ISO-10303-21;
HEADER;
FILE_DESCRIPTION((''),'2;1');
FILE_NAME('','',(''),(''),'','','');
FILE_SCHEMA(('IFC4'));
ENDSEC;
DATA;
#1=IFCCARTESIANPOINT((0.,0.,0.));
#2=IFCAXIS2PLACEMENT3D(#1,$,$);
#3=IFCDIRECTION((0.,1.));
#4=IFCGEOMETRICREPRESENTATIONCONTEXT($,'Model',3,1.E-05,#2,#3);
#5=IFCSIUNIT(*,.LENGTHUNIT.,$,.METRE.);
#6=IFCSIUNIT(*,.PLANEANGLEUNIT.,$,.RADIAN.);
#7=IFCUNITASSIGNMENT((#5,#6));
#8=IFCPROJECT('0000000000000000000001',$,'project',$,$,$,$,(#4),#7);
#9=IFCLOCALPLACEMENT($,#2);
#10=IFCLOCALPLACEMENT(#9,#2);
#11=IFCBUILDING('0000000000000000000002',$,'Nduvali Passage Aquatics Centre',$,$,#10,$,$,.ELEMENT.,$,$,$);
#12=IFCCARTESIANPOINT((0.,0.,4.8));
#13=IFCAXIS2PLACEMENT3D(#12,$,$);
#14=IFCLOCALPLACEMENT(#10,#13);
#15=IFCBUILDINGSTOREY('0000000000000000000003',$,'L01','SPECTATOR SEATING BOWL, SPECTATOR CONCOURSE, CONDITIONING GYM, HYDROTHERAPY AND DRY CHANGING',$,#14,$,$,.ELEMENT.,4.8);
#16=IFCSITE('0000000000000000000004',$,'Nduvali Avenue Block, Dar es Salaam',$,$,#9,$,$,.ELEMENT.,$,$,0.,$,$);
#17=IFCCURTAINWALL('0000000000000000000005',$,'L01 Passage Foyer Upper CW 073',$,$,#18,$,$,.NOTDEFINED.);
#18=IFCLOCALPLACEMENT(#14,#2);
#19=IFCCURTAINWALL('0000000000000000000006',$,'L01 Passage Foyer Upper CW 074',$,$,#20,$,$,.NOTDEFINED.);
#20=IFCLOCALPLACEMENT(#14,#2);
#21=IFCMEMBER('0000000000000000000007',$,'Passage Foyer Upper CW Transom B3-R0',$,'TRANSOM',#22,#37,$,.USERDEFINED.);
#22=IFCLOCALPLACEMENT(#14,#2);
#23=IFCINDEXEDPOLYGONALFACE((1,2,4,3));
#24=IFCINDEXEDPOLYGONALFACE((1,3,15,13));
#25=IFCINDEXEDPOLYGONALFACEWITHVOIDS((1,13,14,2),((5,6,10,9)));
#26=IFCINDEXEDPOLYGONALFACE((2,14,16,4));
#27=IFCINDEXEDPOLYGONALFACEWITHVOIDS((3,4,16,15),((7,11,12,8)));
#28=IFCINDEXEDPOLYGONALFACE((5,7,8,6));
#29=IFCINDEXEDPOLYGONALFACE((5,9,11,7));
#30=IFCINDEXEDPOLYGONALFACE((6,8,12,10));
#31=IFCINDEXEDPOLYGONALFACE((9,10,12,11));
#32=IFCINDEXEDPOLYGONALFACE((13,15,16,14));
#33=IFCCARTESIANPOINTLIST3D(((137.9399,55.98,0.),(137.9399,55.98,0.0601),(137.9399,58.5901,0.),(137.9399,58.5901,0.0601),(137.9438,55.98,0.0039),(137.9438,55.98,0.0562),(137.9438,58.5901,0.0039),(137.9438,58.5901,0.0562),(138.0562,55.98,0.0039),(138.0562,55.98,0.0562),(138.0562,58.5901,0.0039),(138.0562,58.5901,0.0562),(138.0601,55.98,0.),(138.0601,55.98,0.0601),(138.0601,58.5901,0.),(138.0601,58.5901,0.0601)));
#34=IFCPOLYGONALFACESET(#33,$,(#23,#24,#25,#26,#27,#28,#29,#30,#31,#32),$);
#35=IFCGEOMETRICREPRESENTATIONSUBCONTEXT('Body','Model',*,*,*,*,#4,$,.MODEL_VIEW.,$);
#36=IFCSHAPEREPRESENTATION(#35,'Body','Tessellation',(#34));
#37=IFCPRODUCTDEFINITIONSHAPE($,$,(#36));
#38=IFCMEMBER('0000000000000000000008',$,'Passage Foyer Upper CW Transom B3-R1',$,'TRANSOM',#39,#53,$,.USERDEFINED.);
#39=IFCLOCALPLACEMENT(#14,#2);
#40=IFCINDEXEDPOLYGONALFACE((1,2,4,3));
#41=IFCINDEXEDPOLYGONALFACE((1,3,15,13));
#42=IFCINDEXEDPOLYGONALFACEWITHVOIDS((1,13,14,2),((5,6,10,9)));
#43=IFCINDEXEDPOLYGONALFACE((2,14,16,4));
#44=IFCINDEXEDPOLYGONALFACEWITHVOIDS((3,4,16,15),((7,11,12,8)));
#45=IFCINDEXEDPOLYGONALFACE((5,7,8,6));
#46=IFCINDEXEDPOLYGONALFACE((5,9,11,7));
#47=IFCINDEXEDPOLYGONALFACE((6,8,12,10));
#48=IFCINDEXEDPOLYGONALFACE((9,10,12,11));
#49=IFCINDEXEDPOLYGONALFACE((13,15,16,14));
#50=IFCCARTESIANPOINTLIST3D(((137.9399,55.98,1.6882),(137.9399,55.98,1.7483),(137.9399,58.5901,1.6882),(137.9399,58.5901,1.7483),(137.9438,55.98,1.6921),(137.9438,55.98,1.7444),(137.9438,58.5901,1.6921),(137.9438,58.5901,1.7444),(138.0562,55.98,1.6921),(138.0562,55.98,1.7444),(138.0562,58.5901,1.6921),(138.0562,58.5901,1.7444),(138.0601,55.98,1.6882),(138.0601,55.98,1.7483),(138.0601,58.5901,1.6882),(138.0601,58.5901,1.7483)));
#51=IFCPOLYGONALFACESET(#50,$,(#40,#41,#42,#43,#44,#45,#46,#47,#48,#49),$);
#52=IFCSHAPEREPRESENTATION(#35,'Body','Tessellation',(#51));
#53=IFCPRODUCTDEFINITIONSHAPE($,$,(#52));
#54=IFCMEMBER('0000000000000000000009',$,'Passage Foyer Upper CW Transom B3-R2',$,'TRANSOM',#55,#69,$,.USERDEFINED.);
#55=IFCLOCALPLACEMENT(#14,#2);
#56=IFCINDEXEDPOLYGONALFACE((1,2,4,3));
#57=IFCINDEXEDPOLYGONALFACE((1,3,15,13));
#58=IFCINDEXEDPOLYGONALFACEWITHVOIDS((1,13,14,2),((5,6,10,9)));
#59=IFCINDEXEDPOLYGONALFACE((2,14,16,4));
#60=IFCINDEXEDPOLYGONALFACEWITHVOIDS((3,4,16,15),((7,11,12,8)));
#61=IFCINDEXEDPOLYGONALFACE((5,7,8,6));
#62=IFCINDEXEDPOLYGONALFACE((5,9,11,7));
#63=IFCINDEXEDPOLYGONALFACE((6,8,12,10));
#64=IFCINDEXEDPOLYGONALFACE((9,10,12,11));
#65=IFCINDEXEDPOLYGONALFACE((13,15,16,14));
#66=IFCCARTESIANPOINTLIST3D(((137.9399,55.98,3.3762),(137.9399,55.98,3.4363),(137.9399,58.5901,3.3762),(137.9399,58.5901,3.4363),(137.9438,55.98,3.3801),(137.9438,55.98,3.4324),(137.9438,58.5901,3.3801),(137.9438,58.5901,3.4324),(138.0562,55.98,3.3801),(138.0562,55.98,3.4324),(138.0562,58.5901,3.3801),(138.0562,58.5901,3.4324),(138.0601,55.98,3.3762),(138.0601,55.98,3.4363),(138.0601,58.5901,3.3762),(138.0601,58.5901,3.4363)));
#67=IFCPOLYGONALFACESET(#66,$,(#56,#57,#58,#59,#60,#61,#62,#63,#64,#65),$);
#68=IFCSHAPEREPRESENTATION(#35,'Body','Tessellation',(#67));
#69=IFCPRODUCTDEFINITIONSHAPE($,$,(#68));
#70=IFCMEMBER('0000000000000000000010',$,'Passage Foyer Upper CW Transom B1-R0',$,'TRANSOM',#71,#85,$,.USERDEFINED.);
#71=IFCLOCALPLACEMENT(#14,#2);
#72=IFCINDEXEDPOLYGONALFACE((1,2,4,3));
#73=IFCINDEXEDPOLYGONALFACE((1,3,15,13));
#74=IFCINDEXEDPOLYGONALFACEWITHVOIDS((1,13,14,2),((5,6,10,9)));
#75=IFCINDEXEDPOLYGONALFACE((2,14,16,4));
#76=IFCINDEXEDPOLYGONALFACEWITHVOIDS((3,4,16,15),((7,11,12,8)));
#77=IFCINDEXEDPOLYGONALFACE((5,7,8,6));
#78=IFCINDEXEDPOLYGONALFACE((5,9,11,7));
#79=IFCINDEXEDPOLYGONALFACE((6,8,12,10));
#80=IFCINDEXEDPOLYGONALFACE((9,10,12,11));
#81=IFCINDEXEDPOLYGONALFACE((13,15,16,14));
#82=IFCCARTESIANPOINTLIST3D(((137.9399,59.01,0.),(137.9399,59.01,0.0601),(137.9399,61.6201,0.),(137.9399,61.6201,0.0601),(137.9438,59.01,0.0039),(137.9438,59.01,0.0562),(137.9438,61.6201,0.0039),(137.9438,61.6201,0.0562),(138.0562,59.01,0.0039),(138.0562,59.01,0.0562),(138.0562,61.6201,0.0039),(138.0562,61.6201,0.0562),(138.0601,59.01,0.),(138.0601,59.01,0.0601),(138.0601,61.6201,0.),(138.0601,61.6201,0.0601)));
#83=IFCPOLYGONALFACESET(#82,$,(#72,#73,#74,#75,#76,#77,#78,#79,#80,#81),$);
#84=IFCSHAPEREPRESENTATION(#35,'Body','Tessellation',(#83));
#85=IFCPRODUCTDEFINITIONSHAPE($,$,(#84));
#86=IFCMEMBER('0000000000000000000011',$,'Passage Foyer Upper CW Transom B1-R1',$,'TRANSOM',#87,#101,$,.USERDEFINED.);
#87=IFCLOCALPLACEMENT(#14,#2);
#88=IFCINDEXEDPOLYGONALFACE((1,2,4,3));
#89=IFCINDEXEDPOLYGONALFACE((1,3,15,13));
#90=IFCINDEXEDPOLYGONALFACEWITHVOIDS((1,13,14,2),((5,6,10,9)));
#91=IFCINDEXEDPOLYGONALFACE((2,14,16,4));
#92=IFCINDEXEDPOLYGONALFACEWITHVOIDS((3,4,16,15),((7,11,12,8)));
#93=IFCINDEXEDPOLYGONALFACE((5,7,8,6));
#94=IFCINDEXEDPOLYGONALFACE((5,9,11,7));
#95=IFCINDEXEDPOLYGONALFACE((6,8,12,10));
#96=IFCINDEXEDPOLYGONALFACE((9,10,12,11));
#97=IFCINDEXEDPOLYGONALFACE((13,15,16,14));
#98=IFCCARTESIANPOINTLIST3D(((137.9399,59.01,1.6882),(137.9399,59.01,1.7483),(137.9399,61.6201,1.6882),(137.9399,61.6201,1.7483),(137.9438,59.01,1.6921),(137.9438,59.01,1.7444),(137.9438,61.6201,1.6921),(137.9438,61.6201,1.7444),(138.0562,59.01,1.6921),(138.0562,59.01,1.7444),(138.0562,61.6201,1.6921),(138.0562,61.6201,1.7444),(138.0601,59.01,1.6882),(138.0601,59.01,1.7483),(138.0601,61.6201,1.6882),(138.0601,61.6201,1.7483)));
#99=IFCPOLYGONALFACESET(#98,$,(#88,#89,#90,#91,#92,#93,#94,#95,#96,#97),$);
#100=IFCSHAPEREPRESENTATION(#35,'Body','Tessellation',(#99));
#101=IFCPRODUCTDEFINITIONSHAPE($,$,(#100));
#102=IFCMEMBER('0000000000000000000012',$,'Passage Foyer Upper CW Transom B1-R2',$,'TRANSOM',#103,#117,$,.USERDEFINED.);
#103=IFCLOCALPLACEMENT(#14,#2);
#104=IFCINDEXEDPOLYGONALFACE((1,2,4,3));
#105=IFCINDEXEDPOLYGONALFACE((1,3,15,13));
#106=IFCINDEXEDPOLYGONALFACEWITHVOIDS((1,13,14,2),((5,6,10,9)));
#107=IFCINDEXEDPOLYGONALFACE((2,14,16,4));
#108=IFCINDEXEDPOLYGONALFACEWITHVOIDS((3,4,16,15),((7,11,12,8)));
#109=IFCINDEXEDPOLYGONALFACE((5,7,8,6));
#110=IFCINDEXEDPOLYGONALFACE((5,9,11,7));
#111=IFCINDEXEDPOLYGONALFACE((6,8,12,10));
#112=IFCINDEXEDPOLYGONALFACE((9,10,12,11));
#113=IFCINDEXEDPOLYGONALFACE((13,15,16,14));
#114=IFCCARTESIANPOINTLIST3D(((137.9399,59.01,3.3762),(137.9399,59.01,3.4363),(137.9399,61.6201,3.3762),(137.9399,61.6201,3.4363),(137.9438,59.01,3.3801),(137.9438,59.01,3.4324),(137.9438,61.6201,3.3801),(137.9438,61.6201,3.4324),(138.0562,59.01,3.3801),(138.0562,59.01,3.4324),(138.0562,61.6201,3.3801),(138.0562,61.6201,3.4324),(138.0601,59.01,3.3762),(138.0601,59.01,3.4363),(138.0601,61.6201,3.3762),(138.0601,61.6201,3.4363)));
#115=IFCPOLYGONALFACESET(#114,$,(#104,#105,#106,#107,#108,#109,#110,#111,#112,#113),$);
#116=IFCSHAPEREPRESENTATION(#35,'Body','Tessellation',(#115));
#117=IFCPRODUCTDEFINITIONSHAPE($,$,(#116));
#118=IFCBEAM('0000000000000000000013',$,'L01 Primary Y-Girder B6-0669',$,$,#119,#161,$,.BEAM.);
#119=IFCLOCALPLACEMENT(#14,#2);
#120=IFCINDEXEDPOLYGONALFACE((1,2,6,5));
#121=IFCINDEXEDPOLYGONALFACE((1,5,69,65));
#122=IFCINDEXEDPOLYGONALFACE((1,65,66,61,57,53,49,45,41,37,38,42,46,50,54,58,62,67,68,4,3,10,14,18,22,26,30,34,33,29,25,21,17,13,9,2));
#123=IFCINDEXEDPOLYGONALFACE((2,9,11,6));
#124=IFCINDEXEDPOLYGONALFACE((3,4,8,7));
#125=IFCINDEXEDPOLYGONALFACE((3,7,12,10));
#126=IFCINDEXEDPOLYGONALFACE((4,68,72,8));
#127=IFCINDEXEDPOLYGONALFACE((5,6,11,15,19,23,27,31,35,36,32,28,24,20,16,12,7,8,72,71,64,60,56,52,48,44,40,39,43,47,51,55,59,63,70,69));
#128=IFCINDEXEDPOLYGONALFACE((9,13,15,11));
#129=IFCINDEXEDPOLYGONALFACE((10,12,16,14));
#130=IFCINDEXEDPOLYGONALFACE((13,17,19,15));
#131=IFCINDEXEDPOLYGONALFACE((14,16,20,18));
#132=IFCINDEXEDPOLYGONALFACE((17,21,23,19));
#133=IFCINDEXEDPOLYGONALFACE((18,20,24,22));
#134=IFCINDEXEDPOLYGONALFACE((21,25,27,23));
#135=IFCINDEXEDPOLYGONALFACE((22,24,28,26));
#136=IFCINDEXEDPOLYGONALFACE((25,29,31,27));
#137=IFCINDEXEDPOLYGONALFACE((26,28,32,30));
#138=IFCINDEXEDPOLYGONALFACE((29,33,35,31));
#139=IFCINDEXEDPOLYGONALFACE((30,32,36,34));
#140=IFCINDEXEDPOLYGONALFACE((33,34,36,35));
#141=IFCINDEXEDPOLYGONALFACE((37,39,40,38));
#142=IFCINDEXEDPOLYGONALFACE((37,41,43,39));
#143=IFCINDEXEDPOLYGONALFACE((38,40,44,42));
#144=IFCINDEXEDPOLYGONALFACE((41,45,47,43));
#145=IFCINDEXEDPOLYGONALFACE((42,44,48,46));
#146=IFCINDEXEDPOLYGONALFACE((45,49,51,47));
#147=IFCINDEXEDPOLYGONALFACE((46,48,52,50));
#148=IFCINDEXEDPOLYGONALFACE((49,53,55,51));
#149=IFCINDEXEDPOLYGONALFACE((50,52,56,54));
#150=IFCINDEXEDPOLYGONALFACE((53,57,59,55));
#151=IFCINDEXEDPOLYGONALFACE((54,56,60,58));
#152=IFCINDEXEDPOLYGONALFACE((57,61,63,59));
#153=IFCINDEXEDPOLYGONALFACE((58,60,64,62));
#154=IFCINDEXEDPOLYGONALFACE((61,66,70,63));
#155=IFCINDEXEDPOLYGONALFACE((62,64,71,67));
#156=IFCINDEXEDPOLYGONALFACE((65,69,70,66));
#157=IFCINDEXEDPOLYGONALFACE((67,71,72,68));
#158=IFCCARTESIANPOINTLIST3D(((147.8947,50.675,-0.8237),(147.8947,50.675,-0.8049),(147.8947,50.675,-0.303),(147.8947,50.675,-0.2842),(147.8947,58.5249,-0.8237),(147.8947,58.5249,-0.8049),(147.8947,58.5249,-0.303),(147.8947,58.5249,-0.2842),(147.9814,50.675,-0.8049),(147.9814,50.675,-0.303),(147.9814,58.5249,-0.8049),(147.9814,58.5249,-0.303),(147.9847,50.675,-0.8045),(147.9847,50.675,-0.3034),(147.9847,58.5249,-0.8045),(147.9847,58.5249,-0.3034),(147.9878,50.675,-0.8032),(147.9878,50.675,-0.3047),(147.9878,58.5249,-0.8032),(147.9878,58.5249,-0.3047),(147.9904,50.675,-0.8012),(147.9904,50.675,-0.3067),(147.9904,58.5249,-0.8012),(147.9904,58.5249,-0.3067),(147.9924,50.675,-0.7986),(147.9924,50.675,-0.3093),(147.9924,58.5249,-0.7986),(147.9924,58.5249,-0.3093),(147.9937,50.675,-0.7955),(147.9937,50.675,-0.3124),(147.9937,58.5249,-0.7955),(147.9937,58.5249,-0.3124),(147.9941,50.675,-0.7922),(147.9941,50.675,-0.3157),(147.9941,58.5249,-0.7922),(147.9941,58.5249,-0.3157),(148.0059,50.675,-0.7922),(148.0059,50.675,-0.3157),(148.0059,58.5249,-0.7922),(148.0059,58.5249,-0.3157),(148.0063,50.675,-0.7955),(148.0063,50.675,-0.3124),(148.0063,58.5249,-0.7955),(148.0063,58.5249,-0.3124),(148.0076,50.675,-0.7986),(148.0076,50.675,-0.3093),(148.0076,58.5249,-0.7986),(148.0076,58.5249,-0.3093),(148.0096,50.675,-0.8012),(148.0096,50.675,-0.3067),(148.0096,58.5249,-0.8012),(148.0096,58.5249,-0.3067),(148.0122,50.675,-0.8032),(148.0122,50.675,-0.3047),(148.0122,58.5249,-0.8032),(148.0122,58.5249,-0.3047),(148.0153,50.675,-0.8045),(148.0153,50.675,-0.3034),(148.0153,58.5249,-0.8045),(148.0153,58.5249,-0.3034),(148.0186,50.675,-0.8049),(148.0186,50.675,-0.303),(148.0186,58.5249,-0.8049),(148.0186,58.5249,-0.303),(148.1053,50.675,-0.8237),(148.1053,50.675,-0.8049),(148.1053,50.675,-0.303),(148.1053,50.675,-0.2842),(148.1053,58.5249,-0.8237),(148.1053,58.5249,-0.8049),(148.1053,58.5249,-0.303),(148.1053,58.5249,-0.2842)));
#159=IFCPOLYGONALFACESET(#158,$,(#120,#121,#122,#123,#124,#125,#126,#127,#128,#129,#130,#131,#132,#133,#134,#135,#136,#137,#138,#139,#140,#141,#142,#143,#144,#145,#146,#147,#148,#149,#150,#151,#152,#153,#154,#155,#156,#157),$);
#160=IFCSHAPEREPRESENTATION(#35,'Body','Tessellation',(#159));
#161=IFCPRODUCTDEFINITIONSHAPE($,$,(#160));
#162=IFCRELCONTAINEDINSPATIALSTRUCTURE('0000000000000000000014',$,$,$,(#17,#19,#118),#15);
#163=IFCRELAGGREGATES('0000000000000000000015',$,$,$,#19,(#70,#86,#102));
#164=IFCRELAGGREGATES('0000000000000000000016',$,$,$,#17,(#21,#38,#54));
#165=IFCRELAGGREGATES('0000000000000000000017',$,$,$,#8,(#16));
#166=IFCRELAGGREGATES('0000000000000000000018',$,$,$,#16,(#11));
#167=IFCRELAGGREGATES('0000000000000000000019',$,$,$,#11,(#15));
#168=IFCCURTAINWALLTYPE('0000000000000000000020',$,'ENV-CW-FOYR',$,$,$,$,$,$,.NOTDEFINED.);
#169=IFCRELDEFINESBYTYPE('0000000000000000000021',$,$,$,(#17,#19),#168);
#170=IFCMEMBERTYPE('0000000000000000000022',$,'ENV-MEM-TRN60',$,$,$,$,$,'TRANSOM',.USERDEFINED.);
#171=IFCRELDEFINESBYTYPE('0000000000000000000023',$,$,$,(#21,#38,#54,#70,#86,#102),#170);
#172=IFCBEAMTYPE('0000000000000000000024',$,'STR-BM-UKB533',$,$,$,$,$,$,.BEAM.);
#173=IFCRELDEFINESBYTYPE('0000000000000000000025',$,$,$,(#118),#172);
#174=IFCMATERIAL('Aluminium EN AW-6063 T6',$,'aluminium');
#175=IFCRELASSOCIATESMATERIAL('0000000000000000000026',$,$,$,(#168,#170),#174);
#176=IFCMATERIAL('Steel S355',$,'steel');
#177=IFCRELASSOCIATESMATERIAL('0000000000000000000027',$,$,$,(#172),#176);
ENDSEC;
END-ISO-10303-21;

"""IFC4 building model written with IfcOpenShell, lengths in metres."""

from ifc_helpers import new_model, si_unit, direction, frame, origin, origin_2d, place, context, subcontext, project, spatial, hollow_rectangle, i_section, extrude, material, material_profile, profile_set, type_object, element, aggregate, save


model = new_model("IFC4")

# Units and contexts
model_context = context("Model", 3, precision=1e-05, world=origin(), true_north=direction((0.0, 1.0)))
body_context = subcontext(model_context, "Body", "Model", "MODEL_VIEW")
ifc_project = project(units=[si_unit("LENGTHUNIT", "METRE"), si_unit("PLANEANGLEUNIT", "RADIAN")], contexts=[model_context])

# Site, building, storey
site_placement = place(None, origin())
site = spatial("IfcSite", under=ifc_project, at=site_placement, Name="Nduvali Avenue Block, Dar es Salaam", CompositionType="ELEMENT", RefElevation=0.0)
building_placement = place(site_placement, origin())
building = spatial("IfcBuilding", under=site, at=building_placement, Name="Nduvali Passage Aquatics Centre", CompositionType="ELEMENT")
storey_placement = place(building_placement, frame((0.0, 0.0, 4.8)))
storey = spatial("IfcBuildingStorey", under=building, at=storey_placement, Name="L01", Description="SPECTATOR SEATING BOWL, SPECTATOR CONCOURSE, CONDITIONING GYM, HYDROTHERAPY AND DRY CHANGING", CompositionType="ELEMENT", Elevation=4.8)

# Shared definitions
ifc_material_1 = material(Name="Steel S355", Category="steel")

# Curtain walls
ifc_material_2 = material(Name="Aluminium EN AW-6063 T6", Category="aluminium")
curtain_wall_type = type_object("IfcCurtainWallType", Name="ENV-CW-FOYR", PredefinedType="NOTDEFINED", material=ifc_material_2)
curtain_wall_1_placement = place(storey_placement, origin())
curtain_wall_1 = element("IfcCurtainWall", 1, at=curtain_wall_1_placement, inside=storey, type_object=curtain_wall_type, Name="L01 Passage Foyer Upper CW 073", PredefinedType="NOTDEFINED")
curtain_wall_2_placement = place(storey_placement, origin())
curtain_wall_2 = element("IfcCurtainWall", 2, at=curtain_wall_2_placement, inside=storey, type_object=curtain_wall_type, Name="L01 Passage Foyer Upper CW 074", PredefinedType="NOTDEFINED")

# Members
ifc_material_profile_1 = material_profile(ifc_material_2, hollow_rectangle(XDim=0.1201, YDim=0.0601, WallThickness=0.0039, at=origin_2d()), Name="ALU TRANSOM 120x60x4")
ifc_profile_set_1 = profile_set([ifc_material_profile_1], Name="Aluminium EN AW-6063 T6")
member_type_1 = type_object("IfcMemberType", Name="ENV-MEM-TRN60", ElementType="TRANSOM", PredefinedType="USERDEFINED", material=ifc_profile_set_1)
member_1_placement = place(storey_placement, frame((138.0, 55.98, 0.03), z_axis=(0.0, 1.0, 0.0), x_axis=(-1.0, 0.0, 0.0)))
member_1 = element("IfcMember", 3, at=member_1_placement, type_object=member_type_1, Name="Passage Foyer Upper CW Transom B3-R0", ObjectType="TRANSOM", PredefinedType="USERDEFINED", context=body_context, shape_type="SweptSolid", body=[
    extrude(hollow_rectangle(XDim=0.1201, YDim=0.0601, WallThickness=0.0039, at=origin_2d()), origin(), (0.0, 0.0, 1.0), 2.6101),
])
member_2_placement = place(storey_placement, frame((138.0, 55.98, 1.7183), z_axis=(0.0, 1.0, 0.0), x_axis=(-1.0, 0.0, 0.0)))
member_2 = element("IfcMember", 4, at=member_2_placement, type_object=member_type_1, Name="Passage Foyer Upper CW Transom B3-R1", ObjectType="TRANSOM", PredefinedType="USERDEFINED", context=body_context, shape_type="SweptSolid", body=[
    extrude(hollow_rectangle(XDim=0.1201, YDim=0.0601, WallThickness=0.0039, at=origin_2d()), origin(), (0.0, 0.0, 1.0), 2.6101),
])
member_3_placement = place(storey_placement, frame((138.0, 55.98, 3.4062), z_axis=(0.0, 1.0, 0.0), x_axis=(-1.0, 0.0, 0.0)))
member_3 = element("IfcMember", 5, at=member_3_placement, type_object=member_type_1, Name="Passage Foyer Upper CW Transom B3-R2", ObjectType="TRANSOM", PredefinedType="USERDEFINED", context=body_context, shape_type="SweptSolid", body=[
    extrude(hollow_rectangle(XDim=0.1201, YDim=0.0601, WallThickness=0.0039, at=origin_2d()), origin(), (0.0, 0.0, 1.0), 2.6101),
])
member_4_placement = place(storey_placement, frame((138.0, 59.01, 0.03), z_axis=(0.0, 1.0, 0.0), x_axis=(-1.0, 0.0, 0.0)))
member_4 = element("IfcMember", 6, at=member_4_placement, type_object=member_type_1, Name="Passage Foyer Upper CW Transom B1-R0", ObjectType="TRANSOM", PredefinedType="USERDEFINED", context=body_context, shape_type="SweptSolid", body=[
    extrude(hollow_rectangle(XDim=0.1201, YDim=0.0601, WallThickness=0.0039, at=origin_2d()), origin(), (0.0, 0.0, 1.0), 2.6101),
])
member_5_placement = place(storey_placement, frame((138.0, 59.01, 1.7183), z_axis=(0.0, 1.0, 0.0), x_axis=(-1.0, 0.0, 0.0)))
member_5 = element("IfcMember", 7, at=member_5_placement, type_object=member_type_1, Name="Passage Foyer Upper CW Transom B1-R1", ObjectType="TRANSOM", PredefinedType="USERDEFINED", context=body_context, shape_type="SweptSolid", body=[
    extrude(hollow_rectangle(XDim=0.1201, YDim=0.0601, WallThickness=0.0039, at=origin_2d()), origin(), (0.0, 0.0, 1.0), 2.6101),
])
member_6_placement = place(storey_placement, frame((138.0, 59.01, 3.4062), z_axis=(0.0, 1.0, 0.0), x_axis=(-1.0, 0.0, 0.0)))
member_6 = element("IfcMember", 8, at=member_6_placement, type_object=member_type_1, Name="Passage Foyer Upper CW Transom B1-R2", ObjectType="TRANSOM", PredefinedType="USERDEFINED", context=body_context, shape_type="SweptSolid", body=[
    extrude(hollow_rectangle(XDim=0.1201, YDim=0.0601, WallThickness=0.0039, at=origin_2d()), origin(), (0.0, 0.0, 1.0), 2.6101),
])
aggregate(curtain_wall_2, [member_4, member_5, member_6])

# Beam
ifc_material_profile_2 = material_profile(ifc_material_1, i_section(OverallWidth=0.2107, OverallDepth=0.5396, WebThickness=0.0117, FlangeThickness=0.0188, FilletRadius=0.0127, at=origin_2d()), Name="UKB 533x210x109")
ifc_profile_set_2 = profile_set([ifc_material_profile_2], Name="Steel S355")
beam_type_1 = type_object("IfcBeamType", Name="STR-BM-UKB533", PredefinedType="BEAM", material=ifc_profile_set_2)
beam_1_placement = place(storey_placement, frame((148.0, 50.675, -0.554), z_axis=(0.0, 1.0, 0.0), x_axis=(-1.0, 0.0, 0.0)))
element("IfcBeam", 9, at=beam_1_placement, inside=storey, type_object=beam_type_1, Name="L01 Primary Y-Girder B6-0669", PredefinedType="BEAM", context=body_context, shape_type="SweptSolid", body=[
    extrude(i_section(OverallWidth=0.2107, OverallDepth=0.5396, WebThickness=0.0117, FlangeThickness=0.0188, FilletRadius=0.0127, at=origin_2d()), origin(), (0.0, 0.0, 1.0), 7.8499),
])

aggregate(curtain_wall_1, [member_1, member_2, member_3])

save(model, "model.ifc")
